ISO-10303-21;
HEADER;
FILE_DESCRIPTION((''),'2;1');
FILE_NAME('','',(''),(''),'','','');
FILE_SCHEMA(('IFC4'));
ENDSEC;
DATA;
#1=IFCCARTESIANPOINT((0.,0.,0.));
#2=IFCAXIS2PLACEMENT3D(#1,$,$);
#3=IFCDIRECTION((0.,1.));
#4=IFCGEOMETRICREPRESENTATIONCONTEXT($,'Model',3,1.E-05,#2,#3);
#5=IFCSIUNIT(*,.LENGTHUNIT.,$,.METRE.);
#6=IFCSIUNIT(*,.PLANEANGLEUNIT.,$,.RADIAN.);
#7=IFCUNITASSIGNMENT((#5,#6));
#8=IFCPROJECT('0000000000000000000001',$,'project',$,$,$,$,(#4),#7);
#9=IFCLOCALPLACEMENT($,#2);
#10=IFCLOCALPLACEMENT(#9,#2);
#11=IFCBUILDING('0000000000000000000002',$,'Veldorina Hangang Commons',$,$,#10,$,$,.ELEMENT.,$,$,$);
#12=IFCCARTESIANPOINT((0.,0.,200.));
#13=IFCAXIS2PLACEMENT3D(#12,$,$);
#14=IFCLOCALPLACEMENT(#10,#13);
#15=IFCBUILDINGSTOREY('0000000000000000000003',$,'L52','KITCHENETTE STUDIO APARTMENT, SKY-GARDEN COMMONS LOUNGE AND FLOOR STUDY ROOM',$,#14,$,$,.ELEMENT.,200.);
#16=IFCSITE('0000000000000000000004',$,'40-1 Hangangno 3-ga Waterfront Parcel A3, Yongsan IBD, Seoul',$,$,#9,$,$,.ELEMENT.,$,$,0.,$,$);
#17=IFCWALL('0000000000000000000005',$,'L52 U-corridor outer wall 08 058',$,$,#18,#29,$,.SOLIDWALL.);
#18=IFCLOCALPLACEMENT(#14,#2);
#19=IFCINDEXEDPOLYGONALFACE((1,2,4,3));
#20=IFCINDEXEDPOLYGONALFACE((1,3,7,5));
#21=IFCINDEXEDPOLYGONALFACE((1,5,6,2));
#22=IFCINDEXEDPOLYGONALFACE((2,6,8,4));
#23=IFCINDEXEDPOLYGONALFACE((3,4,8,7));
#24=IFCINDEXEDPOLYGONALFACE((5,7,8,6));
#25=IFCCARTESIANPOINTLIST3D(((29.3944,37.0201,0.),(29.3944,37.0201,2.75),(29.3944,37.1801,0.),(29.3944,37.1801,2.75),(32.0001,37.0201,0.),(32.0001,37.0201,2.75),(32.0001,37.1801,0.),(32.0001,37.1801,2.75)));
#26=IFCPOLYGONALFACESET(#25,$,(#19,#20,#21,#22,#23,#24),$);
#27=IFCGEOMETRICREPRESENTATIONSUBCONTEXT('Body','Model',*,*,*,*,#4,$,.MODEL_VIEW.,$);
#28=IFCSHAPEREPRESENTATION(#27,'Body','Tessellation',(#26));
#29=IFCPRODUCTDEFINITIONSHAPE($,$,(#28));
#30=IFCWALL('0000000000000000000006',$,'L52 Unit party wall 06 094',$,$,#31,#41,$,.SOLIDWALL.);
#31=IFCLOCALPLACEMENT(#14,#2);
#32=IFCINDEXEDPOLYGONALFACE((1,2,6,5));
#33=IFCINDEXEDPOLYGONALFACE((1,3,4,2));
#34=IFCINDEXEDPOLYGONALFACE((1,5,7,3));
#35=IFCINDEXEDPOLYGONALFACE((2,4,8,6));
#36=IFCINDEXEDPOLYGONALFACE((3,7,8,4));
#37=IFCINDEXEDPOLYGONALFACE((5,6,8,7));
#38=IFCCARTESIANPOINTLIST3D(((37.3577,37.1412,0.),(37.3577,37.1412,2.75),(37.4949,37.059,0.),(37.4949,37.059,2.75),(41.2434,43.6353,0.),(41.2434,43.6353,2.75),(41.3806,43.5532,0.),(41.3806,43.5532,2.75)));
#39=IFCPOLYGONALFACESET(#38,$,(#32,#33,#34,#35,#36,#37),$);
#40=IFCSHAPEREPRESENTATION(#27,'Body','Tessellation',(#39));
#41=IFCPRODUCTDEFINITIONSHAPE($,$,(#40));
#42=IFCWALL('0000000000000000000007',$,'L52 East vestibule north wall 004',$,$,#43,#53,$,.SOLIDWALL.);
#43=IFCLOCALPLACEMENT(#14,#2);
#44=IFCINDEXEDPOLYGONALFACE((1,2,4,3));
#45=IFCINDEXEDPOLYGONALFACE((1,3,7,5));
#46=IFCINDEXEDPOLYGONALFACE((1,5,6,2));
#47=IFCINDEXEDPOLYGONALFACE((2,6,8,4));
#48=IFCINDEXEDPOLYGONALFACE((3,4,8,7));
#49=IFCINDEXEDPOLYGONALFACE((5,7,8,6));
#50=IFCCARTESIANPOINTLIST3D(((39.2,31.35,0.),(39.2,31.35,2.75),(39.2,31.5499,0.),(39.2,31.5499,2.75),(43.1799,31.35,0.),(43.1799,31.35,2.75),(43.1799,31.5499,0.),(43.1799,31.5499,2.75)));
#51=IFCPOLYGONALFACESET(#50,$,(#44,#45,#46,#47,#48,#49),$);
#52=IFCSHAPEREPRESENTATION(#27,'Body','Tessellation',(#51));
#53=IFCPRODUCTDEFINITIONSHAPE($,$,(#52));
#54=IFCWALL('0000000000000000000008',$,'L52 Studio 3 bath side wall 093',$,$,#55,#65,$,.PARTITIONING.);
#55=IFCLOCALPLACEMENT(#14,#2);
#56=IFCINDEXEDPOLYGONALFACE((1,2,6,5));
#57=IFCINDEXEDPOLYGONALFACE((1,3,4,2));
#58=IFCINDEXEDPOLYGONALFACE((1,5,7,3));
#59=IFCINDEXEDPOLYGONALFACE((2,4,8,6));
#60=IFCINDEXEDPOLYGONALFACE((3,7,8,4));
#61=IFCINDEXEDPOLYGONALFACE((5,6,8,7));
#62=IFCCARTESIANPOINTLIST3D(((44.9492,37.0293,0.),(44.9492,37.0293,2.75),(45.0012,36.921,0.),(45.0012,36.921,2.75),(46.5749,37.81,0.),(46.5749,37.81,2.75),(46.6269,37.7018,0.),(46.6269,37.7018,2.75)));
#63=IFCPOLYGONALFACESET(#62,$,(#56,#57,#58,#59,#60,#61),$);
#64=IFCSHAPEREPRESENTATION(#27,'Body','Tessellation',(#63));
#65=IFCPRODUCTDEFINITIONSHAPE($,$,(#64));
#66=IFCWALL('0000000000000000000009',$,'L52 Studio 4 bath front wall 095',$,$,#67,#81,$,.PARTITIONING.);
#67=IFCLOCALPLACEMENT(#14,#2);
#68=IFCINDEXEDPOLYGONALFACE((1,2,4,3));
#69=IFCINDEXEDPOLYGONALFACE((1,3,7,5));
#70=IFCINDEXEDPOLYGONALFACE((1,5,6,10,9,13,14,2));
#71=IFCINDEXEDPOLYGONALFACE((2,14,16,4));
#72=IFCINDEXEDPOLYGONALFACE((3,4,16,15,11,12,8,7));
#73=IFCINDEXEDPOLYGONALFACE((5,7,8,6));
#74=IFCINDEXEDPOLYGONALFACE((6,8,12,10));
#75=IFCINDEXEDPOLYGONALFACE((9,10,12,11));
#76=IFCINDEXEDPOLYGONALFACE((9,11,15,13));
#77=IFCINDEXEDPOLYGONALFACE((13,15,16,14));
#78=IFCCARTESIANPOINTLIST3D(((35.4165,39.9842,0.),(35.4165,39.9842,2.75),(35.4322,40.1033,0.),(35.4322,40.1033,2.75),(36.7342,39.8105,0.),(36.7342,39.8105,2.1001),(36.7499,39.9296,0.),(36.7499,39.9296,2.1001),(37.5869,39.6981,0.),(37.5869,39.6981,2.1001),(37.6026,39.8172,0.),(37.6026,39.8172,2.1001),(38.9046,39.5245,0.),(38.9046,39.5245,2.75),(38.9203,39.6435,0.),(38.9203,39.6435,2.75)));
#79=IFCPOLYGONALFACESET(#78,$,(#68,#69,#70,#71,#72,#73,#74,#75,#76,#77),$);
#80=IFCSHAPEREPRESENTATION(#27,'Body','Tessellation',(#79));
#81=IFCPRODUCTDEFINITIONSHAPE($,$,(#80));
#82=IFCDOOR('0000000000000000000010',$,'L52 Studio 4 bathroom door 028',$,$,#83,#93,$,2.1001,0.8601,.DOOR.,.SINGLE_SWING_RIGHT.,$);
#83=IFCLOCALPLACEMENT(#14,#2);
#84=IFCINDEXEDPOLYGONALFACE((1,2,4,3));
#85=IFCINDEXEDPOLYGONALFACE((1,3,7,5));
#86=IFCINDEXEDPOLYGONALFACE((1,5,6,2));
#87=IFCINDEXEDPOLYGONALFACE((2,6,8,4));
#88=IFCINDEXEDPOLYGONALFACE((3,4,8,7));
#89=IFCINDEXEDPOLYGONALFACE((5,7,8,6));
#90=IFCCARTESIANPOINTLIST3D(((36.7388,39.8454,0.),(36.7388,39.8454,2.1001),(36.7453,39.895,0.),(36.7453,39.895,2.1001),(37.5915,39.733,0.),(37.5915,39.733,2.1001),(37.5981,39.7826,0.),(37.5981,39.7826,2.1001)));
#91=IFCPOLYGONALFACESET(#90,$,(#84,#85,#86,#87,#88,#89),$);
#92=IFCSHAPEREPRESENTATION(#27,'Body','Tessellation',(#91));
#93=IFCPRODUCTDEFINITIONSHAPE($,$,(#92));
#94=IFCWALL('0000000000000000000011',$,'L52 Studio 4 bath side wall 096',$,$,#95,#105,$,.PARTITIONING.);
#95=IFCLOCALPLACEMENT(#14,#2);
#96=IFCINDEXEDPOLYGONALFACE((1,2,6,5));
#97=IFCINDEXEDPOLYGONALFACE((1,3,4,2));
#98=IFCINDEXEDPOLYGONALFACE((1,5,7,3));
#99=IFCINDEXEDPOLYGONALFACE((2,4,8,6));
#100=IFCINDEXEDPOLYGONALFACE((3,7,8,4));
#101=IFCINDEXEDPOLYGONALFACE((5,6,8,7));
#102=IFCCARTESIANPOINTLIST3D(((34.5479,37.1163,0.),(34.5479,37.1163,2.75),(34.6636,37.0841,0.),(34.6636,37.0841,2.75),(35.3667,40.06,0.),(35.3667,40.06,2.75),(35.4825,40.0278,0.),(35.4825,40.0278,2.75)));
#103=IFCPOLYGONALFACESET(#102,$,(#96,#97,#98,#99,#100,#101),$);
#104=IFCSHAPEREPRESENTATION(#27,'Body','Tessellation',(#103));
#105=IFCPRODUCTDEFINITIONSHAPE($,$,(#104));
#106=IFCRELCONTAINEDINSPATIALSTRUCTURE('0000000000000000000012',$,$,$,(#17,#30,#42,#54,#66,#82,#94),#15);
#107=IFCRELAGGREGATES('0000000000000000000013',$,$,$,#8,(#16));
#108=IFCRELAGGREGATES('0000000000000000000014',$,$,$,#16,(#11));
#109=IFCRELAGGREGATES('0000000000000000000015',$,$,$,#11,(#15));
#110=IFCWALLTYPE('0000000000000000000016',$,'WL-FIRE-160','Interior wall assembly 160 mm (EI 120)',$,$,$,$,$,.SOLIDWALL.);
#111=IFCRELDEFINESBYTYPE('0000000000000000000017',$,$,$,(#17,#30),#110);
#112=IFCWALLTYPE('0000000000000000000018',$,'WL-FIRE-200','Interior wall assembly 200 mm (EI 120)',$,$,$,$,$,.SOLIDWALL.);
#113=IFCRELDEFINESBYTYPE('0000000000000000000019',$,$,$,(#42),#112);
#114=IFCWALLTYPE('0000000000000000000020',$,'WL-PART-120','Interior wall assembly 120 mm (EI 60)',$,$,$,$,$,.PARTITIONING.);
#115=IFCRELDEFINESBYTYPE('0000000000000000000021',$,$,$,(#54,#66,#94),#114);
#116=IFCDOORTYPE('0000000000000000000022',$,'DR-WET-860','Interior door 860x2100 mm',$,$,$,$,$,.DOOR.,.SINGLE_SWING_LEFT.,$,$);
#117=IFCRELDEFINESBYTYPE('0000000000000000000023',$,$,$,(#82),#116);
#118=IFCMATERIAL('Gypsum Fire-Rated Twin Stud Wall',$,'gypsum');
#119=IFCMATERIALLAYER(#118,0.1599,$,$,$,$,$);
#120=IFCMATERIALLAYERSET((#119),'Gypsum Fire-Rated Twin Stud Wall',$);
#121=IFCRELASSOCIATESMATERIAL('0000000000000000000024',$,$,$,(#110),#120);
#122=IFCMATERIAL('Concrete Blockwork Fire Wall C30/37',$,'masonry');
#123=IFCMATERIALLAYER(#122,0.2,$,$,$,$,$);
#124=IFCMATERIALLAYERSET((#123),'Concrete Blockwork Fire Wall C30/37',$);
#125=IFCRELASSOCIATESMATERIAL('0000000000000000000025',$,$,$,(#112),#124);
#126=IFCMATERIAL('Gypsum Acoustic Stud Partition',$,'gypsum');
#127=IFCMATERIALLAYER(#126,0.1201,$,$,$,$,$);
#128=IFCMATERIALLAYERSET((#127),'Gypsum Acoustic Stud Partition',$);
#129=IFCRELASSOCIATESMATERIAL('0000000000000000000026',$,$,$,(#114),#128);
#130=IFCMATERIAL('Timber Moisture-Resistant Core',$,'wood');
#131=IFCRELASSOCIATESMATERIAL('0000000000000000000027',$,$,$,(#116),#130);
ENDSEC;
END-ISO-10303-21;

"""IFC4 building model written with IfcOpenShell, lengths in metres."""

from ifc_helpers import new_model, si_unit, direction, frame, frame_2d, origin, place, context, subcontext, project, spatial, rectangle, extrude, material, layer, layer_set, type_object, element, fill, save


model = new_model("IFC4")

# Units and contexts
model_context = context("Model", 3, precision=1e-05, world=origin(), true_north=direction((0.0, 1.0)))
body_context = subcontext(model_context, "Body", "Model", "MODEL_VIEW")
ifc_project = project(units=[si_unit("LENGTHUNIT", "METRE"), si_unit("PLANEANGLEUNIT", "RADIAN")], contexts=[model_context])

# Site, building, storey
site_placement = place(None, origin())
site = spatial("IfcSite", under=ifc_project, at=site_placement, Name="40-1 Hangangno 3-ga Waterfront Parcel A3, Yongsan IBD, Seoul", CompositionType="ELEMENT", RefElevation=0.0)
building_placement = place(site_placement, origin())
building = spatial("IfcBuilding", under=site, at=building_placement, Name="Veldorina Hangang Commons", CompositionType="ELEMENT")
storey_placement = place(building_placement, frame((0.0, 0.0, 200.0)))
storey = spatial("IfcBuildingStorey", under=building, at=storey_placement, Name="L52", Description="KITCHENETTE STUDIO APARTMENT, SKY-GARDEN COMMONS LOUNGE AND FLOOR STUDY ROOM", CompositionType="ELEMENT", Elevation=200.0)

# Shared definitions
ifc_material_1 = material(Name="Gypsum Fire-Rated Twin Stud Wall", Category="gypsum")
ifc_layer_1 = layer(ifc_material_1, 0.1599)
ifc_layer_set_1 = layer_set([ifc_layer_1], Name="Gypsum Fire-Rated Twin Stud Wall")
wall_type_1 = type_object("IfcWallType", Name="WL-FIRE-160", Description="Interior wall assembly 160 mm (EI 120)", PredefinedType="SOLIDWALL", material=ifc_layer_set_1)

# Walls
wall_1_placement = place(storey_placement, frame((32.0, 37.1001, 0.0), z_axis=(0.0, 0.0, 1.0), x_axis=(-1.0, 0.0, 0.0)))
element("IfcWall", 1, at=wall_1_placement, inside=storey, type_object=wall_type_1, Name="L52 U-corridor outer wall 08 058", PredefinedType="SOLIDWALL", context=body_context, shape_type="SweptSolid", body=[
    extrude(rectangle(XDim=2.6057, YDim=0.1599, at=frame_2d((1.3027, 0.0))), origin(), (0.0, 0.0, 1.0), 2.75),
])
wall_2_placement = place(storey_placement, frame((37.4263, 37.1001, 0.0), z_axis=(0.0, 0.0, 1.0), x_axis=(0.513452, 0.858119, 0.0)))
element("IfcWall", 2, at=wall_2_placement, inside=storey, type_object=wall_type_1, Name="L52 Unit party wall 06 094", PredefinedType="SOLIDWALL", context=body_context, shape_type="SweptSolid", body=[
    extrude(rectangle(XDim=7.5679, YDim=0.1599, at=frame_2d((3.7839, 0.0))), origin(), (0.0, 0.0, 1.0), 2.75),
])
ifc_material_2 = material(Name="Concrete Blockwork Fire Wall C30/37", Category="masonry")
ifc_layer_2 = layer(ifc_material_2, 0.2)
ifc_layer_set_2 = layer_set([ifc_layer_2], Name="Concrete Blockwork Fire Wall C30/37")
wall_type_2 = type_object("IfcWallType", Name="WL-FIRE-200", Description="Interior wall assembly 200 mm (EI 120)", PredefinedType="SOLIDWALL", material=ifc_layer_set_2)
wall_3_placement = place(storey_placement, frame((39.2, 31.45, 0.0), z_axis=(0.0, 0.0, 1.0), x_axis=(1.0, 0.0, 0.0)))
element("IfcWall", 3, at=wall_3_placement, inside=storey, type_object=wall_type_2, Name="L52 East vestibule north wall 004", PredefinedType="SOLIDWALL", context=body_context, shape_type="SweptSolid", body=[
    extrude(rectangle(XDim=3.98, YDim=0.2, at=frame_2d((1.99, 0.0))), origin(), (0.0, 0.0, 1.0), 2.75),
])
ifc_material_3 = material(Name="Gypsum Acoustic Stud Partition", Category="gypsum")
ifc_layer_3 = layer(ifc_material_3, 0.1201)
ifc_layer_set_3 = layer_set([ifc_layer_3], Name="Gypsum Acoustic Stud Partition")
wall_type_3 = type_object("IfcWallType", Name="WL-PART-120", Description="Interior wall assembly 120 mm (EI 60)", PredefinedType="PARTITIONING", material=ifc_layer_set_3)
wall_4_placement = place(storey_placement, frame((44.9751, 36.9751, 0.0), z_axis=(0.0, 0.0, 1.0), x_axis=(0.901434, 0.432916, 0.0)))
element("IfcWall", 4, at=wall_4_placement, inside=storey, type_object=wall_type_3, Name="L52 Studio 3 bath side wall 093", PredefinedType="PARTITIONING", context=body_context, shape_type="SweptSolid", body=[
    extrude(rectangle(XDim=1.8035, YDim=0.1201, at=frame_2d((0.9019, 0.0))), origin(), (0.0, 0.0, 1.0), 2.75),
])

# Wall, opening, door
wall_5_placement = place(storey_placement, frame((38.9126, 39.584, 0.0), z_axis=(0.0, 0.0, 1.0), x_axis=(-0.991426, 0.130668, 0.0)))
wall_5 = element("IfcWall", 5, at=wall_5_placement, inside=storey, type_object=wall_type_3, Name="L52 Studio 4 bath front wall 095", PredefinedType="PARTITIONING", context=body_context, shape_type="SweptSolid", body=[
    extrude(rectangle(XDim=3.5183, YDim=0.1201, at=frame_2d((1.7593, 0.0))), origin(), (0.0, 0.0, 1.0), 2.75),
])
opening_1_placement = place(wall_5_placement, frame((1.3291, 0.0, 0.0)))
opening_1 = element("IfcOpeningElement", 6, at=opening_1_placement, cuts=wall_5, PredefinedType="OPENING", context=body_context, shape_type="SweptSolid", body=[
    extrude(rectangle(XDim=0.8601, YDim=2.1001, at=frame_2d((0.4302, 1.05))), frame((0.0, 0.0701, 0.0), z_axis=(0.0, -1.0, 0.0), x_axis=(1.0, 0.0, 0.0)), (0.0, 0.0, 1.0), 0.1401),
])
ifc_material_4 = material(Name="Timber Moisture-Resistant Core", Category="wood")
door_type_1 = type_object("IfcDoorType", Name="DR-WET-860", Description="Interior door 860x2100 mm", OperationType="SINGLE_SWING_LEFT", PredefinedType="DOOR", material=ifc_material_4)
door_1_placement = place(opening_1_placement, origin())
door_1 = element("IfcDoor", 7, at=door_1_placement, inside=storey, type_object=door_type_1, Name="L52 Studio 4 bathroom door 028", OperationType="SINGLE_SWING_RIGHT", OverallHeight=2.1001, OverallWidth=0.8601, PredefinedType="DOOR", context=body_context, shape_type="SweptSolid", body=[
    extrude(rectangle(XDim=0.8601, YDim=2.1001, at=frame_2d((0.4302, 1.05))), frame((0.0, 0.0249, 0.0), z_axis=(0.0, -1.0, 0.0), x_axis=(1.0, 0.0, 0.0)), (0.0, 0.0, 1.0), 0.05),
])
fill(opening_1, door_1)

# Wall
wall_6_placement = place(storey_placement, frame((34.6057, 37.1001, 0.0), z_axis=(0.0, 0.0, 1.0), x_axis=(0.268002, 0.963418, 0.0)))
element("IfcWall", 8, at=wall_6_placement, inside=storey, type_object=wall_type_3, Name="L52 Studio 4 bath side wall 096", PredefinedType="PARTITIONING", context=body_context, shape_type="SweptSolid", body=[
    extrude(rectangle(XDim=3.0554, YDim=0.1201, at=frame_2d((1.5278, 0.0))), origin(), (0.0, 0.0, 1.0), 2.75),
])

save(model, "model.ifc")
